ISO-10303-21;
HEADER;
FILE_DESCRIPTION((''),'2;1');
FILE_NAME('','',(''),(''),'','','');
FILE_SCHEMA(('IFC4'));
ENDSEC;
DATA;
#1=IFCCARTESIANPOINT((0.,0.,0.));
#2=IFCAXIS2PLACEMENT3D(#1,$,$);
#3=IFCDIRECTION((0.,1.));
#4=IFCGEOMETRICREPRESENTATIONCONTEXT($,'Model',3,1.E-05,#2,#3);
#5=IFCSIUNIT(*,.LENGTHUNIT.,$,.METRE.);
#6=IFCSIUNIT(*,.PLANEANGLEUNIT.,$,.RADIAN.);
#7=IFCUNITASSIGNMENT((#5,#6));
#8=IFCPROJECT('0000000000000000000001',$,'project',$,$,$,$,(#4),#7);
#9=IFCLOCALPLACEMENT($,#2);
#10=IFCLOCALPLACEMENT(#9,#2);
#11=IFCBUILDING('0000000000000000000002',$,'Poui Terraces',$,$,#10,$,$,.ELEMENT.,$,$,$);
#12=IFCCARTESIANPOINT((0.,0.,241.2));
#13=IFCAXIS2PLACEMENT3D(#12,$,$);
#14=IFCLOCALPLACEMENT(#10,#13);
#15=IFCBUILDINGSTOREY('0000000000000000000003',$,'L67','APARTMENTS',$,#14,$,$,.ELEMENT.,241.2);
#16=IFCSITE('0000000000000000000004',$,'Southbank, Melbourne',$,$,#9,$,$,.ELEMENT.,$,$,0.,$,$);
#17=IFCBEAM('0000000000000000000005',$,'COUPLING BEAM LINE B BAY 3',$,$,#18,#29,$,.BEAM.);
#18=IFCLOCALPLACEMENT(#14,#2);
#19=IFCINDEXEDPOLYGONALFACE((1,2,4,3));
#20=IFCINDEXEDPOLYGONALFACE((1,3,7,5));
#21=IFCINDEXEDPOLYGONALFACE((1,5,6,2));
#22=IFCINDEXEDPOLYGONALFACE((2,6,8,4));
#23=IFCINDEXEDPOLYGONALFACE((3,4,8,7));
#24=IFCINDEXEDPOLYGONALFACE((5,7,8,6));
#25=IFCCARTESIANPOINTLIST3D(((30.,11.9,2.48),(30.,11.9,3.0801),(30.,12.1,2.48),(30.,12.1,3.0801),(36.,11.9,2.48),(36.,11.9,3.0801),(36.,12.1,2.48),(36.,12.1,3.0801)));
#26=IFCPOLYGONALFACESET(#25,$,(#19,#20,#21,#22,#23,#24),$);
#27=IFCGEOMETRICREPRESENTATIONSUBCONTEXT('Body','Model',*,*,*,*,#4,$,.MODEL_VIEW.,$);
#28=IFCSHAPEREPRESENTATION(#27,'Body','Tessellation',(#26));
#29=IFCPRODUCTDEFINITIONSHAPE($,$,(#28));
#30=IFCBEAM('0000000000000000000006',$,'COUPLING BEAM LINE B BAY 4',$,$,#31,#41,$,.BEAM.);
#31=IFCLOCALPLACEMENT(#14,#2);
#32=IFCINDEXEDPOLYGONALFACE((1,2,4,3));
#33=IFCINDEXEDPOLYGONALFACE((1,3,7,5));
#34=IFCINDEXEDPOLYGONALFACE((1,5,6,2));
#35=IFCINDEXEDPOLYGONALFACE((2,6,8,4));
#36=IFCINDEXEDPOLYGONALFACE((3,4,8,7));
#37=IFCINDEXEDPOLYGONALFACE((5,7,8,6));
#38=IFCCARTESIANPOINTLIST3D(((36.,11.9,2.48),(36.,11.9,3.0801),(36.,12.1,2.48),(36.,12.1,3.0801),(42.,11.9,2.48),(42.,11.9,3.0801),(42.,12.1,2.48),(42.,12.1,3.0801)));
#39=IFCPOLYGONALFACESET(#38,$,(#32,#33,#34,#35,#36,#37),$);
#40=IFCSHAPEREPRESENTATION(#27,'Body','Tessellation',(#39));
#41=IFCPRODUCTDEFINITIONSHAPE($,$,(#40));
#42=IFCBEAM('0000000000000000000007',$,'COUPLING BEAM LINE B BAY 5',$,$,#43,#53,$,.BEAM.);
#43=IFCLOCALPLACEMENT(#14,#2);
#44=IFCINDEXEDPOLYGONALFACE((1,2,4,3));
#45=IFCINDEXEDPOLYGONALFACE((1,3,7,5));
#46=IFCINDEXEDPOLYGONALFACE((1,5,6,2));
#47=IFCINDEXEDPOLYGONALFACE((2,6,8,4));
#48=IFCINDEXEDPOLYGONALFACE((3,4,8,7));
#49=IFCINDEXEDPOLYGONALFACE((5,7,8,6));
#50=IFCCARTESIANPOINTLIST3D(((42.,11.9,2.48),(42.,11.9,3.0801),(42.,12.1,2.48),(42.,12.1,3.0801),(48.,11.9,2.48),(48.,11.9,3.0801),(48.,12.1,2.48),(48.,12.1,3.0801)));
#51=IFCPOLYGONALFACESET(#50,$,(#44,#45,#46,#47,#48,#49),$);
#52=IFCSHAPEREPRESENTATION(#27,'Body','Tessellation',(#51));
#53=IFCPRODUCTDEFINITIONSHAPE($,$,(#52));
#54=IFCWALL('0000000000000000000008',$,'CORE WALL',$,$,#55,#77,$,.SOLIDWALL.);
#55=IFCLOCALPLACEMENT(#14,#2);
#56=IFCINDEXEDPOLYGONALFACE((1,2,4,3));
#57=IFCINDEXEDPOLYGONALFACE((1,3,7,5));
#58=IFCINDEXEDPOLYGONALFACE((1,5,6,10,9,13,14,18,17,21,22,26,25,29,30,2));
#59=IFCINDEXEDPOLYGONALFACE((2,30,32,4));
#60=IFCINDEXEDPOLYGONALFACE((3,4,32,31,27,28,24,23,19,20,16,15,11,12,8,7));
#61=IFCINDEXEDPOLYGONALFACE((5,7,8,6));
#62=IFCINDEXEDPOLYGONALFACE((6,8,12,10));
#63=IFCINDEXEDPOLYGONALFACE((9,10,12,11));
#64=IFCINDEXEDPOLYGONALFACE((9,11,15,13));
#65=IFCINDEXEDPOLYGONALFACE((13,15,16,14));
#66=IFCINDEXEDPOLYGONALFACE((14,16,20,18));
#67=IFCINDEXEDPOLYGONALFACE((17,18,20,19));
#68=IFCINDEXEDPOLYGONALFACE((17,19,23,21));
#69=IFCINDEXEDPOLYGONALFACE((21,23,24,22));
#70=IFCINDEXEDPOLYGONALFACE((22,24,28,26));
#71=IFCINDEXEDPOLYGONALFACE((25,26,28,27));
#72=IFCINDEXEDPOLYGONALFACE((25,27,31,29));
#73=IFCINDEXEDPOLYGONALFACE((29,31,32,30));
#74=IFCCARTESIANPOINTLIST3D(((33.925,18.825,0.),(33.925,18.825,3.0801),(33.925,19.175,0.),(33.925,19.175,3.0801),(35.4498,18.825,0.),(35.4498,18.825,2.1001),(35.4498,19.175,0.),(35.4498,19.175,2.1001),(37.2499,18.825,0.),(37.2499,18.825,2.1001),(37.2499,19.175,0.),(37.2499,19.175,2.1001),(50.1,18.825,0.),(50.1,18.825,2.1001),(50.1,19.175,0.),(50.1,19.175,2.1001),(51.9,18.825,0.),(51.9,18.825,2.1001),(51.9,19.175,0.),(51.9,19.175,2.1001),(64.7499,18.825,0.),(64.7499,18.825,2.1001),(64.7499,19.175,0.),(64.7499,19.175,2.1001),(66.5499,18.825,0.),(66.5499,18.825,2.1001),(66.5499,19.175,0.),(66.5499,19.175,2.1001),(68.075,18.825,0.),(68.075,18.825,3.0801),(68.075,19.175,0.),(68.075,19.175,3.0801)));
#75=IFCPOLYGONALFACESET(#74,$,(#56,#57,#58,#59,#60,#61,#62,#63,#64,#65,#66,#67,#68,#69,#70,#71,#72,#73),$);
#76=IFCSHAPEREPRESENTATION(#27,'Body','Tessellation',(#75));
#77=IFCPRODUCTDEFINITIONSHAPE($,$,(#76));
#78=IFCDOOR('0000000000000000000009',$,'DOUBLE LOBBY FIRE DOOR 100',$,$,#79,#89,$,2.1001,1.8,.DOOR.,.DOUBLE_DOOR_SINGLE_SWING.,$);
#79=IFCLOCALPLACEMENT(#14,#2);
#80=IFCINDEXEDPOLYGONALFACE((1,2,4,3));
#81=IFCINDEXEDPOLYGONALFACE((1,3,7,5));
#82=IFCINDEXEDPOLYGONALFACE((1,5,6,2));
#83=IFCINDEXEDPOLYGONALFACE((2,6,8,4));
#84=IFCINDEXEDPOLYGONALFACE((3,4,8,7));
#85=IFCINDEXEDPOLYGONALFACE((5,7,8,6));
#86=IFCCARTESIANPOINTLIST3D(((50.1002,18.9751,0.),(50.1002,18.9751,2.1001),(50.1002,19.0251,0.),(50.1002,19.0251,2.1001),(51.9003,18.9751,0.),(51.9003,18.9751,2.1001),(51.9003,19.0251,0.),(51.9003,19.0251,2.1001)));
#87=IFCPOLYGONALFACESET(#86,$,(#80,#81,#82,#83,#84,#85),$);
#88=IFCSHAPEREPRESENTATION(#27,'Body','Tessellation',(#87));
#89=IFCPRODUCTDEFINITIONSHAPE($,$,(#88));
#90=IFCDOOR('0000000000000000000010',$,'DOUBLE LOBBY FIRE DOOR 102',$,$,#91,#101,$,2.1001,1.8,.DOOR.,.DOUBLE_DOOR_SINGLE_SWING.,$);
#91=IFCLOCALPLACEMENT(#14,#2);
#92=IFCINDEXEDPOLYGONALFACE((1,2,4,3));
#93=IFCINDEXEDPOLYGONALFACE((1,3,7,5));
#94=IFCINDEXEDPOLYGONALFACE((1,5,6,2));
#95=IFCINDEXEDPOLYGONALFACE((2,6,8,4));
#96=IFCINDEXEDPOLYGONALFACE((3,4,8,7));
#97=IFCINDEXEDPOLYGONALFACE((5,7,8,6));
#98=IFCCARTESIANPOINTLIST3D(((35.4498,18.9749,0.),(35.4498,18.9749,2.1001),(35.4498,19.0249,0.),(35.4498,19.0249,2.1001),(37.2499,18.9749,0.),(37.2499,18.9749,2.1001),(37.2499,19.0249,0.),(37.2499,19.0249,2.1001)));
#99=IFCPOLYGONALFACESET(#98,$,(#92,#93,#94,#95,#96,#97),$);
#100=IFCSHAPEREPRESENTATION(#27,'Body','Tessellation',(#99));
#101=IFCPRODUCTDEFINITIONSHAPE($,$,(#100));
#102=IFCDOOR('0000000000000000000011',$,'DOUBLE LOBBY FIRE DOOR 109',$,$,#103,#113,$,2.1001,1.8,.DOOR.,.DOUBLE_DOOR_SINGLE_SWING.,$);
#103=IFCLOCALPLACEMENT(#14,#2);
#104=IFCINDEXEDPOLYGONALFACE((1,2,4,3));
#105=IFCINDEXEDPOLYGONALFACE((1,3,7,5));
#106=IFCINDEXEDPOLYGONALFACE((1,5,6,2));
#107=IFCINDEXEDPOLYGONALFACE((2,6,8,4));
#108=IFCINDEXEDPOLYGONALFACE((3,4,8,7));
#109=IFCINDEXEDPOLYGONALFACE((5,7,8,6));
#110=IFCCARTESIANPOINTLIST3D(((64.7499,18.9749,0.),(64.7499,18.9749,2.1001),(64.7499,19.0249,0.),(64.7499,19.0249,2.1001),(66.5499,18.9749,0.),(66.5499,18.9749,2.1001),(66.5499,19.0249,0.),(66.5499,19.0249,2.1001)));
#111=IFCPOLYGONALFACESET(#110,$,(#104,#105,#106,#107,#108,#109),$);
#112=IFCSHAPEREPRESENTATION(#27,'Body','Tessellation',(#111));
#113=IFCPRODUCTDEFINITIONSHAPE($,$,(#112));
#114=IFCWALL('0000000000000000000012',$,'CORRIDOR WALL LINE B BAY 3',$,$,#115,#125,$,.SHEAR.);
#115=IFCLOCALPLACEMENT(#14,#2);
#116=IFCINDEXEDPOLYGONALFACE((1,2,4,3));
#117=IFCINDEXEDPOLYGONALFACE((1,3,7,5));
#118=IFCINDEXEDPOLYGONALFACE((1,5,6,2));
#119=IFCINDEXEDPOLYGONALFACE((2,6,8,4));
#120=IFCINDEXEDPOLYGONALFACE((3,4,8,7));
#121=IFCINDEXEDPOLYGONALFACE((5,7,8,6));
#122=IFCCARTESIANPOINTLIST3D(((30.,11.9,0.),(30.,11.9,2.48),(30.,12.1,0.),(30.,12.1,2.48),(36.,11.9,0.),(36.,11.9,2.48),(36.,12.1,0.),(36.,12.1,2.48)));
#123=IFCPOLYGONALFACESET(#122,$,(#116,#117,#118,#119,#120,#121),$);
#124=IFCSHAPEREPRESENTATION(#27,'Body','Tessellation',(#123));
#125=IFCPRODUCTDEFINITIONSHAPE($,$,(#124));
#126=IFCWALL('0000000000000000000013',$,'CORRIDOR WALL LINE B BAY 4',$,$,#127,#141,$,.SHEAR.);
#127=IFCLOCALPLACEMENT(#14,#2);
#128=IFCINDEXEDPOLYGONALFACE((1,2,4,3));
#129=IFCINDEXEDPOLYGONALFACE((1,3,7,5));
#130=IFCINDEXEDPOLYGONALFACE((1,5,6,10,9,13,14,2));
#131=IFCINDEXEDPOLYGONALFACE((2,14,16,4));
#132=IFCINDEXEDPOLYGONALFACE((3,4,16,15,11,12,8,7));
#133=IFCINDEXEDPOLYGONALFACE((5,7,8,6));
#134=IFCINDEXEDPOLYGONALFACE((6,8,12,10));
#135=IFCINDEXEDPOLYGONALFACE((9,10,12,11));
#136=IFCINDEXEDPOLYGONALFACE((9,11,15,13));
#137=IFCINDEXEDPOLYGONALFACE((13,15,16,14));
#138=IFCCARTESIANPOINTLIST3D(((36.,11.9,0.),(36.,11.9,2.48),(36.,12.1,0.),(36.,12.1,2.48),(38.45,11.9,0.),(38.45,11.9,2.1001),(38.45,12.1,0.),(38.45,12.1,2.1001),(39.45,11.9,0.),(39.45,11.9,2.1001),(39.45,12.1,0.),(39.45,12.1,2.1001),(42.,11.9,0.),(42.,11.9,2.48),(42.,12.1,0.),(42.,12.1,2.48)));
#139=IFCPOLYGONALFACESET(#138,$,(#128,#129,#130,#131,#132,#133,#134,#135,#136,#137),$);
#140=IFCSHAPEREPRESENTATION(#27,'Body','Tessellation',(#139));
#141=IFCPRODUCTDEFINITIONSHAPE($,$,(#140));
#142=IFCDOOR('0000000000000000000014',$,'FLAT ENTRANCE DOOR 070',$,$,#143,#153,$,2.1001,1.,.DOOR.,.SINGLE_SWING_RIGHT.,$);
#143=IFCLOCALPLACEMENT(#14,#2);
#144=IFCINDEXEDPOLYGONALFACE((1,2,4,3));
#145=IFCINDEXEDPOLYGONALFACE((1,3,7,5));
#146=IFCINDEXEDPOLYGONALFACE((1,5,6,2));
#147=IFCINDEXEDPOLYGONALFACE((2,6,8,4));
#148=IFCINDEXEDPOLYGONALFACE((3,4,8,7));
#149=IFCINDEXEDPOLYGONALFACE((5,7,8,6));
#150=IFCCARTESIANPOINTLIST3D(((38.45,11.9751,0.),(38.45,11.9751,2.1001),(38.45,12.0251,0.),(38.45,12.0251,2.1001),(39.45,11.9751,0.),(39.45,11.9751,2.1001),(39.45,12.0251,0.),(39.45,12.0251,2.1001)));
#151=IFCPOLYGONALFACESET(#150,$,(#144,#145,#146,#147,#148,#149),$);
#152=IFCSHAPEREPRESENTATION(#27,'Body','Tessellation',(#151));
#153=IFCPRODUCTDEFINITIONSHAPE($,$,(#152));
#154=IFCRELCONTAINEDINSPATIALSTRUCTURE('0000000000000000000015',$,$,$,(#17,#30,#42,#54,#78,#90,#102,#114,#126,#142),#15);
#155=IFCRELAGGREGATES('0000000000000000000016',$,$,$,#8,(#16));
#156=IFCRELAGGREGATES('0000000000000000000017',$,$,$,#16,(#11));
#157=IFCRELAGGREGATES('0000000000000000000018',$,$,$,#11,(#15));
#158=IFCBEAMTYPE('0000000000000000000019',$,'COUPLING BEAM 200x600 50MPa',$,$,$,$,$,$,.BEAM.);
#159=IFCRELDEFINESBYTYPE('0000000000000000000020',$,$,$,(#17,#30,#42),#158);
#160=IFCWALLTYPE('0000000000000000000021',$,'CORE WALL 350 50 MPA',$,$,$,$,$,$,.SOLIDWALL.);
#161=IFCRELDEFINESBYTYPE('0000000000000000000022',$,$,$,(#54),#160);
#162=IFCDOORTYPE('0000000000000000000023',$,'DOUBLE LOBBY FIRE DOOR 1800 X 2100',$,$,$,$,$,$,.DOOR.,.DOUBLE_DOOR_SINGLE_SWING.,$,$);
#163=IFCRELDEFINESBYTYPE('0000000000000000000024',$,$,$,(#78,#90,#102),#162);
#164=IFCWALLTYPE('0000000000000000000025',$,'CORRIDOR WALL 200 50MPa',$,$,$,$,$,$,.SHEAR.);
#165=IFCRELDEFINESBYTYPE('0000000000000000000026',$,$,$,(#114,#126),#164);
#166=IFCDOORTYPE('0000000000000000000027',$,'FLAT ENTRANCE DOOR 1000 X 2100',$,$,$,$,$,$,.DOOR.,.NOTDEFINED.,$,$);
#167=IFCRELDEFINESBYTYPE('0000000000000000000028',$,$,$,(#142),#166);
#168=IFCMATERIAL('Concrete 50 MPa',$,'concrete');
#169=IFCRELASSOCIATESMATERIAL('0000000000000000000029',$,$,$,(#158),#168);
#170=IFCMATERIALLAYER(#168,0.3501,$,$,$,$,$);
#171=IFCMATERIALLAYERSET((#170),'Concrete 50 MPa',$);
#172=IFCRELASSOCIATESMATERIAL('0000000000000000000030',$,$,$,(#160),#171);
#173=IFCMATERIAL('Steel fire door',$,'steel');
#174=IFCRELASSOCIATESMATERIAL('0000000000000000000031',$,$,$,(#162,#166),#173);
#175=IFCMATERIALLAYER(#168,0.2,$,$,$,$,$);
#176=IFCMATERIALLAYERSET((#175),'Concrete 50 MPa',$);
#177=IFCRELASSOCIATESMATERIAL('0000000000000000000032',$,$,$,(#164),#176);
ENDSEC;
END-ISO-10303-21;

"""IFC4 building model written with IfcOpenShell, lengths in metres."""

from ifc_helpers import new_model, si_unit, direction, frame, frame_2d, origin, origin_2d, place, context, subcontext, project, spatial, rectangle, extrude, source, transform, mapped, material, layer, layer_set, material_profile, profile_set, type_object, element, fill, save


model = new_model("IFC4")

# Units and contexts
model_context = context("Model", 3, precision=1e-05, world=origin(), true_north=direction((0.0, 1.0)))
body_context = subcontext(model_context, "Body", "Model", "MODEL_VIEW")
ifc_project = project(units=[si_unit("LENGTHUNIT", "METRE"), si_unit("PLANEANGLEUNIT", "RADIAN")], contexts=[model_context])

# Site, building, storey
site_placement = place(None, origin())
site = spatial("IfcSite", under=ifc_project, at=site_placement, Name="Southbank, Melbourne", CompositionType="ELEMENT", RefElevation=0.0)
building_placement = place(site_placement, origin())
building = spatial("IfcBuilding", under=site, at=building_placement, Name="Poui Terraces", CompositionType="ELEMENT")
storey_placement = place(building_placement, frame((0.0, 0.0, 241.2)))
storey = spatial("IfcBuildingStorey", under=building, at=storey_placement, Name="L67", Description="APARTMENTS", CompositionType="ELEMENT", Elevation=241.2)

# Beams
ifc_material_1 = material(Name="Concrete 50 MPa", Category="concrete")
ifc_material_profile = material_profile(ifc_material_1, rectangle(XDim=0.2, YDim=0.6001, at=origin_2d()), Name="RC 200x600")
ifc_profile_set = profile_set([ifc_material_profile], Name="Concrete 50 MPa")
beam_type = type_object("IfcBeamType", Name="COUPLING BEAM 200x600 50MPa", PredefinedType="BEAM", material=ifc_profile_set)
shared_shape = source(origin(), body_context, "Body", "SweptSolid", [
    extrude(rectangle(XDim=0.2, YDim=0.6001, at=origin_2d()), origin(), (0.0, 0.0, 1.0), 6.0),
])
for number, where, z_axis, x_axis, name in (
    (1, (30.0, 12.0, 2.78), (1.0, 0.0, 0.0), (0.0, 1.0, 0.0), "COUPLING BEAM LINE B BAY 3"),
    (2, (36.0, 12.0, 2.78), (1.0, 0.0, 0.0), (0.0, 1.0, 0.0), "COUPLING BEAM LINE B BAY 4"),
    (3, (42.0, 12.0, 2.78), (1.0, 0.0, 0.0), (0.0, 1.0, 0.0), "COUPLING BEAM LINE B BAY 5"),
):
    element("IfcBeam", number, at=place(storey_placement, frame(where, z_axis=z_axis, x_axis=x_axis)), inside=storey, type_object=beam_type, Name=name, PredefinedType="BEAM", context=body_context, shape_type="MappedRepresentation", body=[
        mapped(shared_shape, transform((0.0, 0.0, 0.0))),
    ])

# Wall, openings, doors
ifc_layer_1 = layer(ifc_material_1, 0.3501)
ifc_layer_set_1 = layer_set([ifc_layer_1], Name="Concrete 50 MPa")
wall_type_1 = type_object("IfcWallType", Name="CORE WALL 350 50 MPA", PredefinedType="SOLIDWALL", material=ifc_layer_set_1)
wall_1_placement = place(storey_placement, frame((33.925, 19.0, 0.0), z_axis=(0.0, 0.0, 1.0), x_axis=(1.0, 0.0, 0.0)))
wall_1 = element("IfcWall", 4, at=wall_1_placement, inside=storey, type_object=wall_type_1, Name="CORE WALL", PredefinedType="SOLIDWALL", context=body_context, shape_type="SweptSolid", body=[
    extrude(rectangle(XDim=34.1499, YDim=0.3501, at=frame_2d((17.075, 0.0))), origin(), (0.0, 0.0, 1.0), 3.0801),
])
opening_1_placement = place(wall_1_placement, frame((16.175, 0.0, 0.0)))
opening_1 = element("IfcOpeningElement", 5, at=opening_1_placement, cuts=wall_1, PredefinedType="OPENING", context=body_context, shape_type="SweptSolid", body=[
    extrude(rectangle(XDim=1.8, YDim=2.1001, at=frame_2d((0.8999, 1.05))), frame((0.0, 0.1851, 0.0), z_axis=(0.0, -1.0, 0.0), x_axis=(1.0, 0.0, 0.0)), (0.0, 0.0, 1.0), 0.3701),
])
opening_2_placement = place(wall_1_placement, frame((1.5249, 0.0, 0.0)))
opening_2 = element("IfcOpeningElement", 6, at=opening_2_placement, cuts=wall_1, PredefinedType="OPENING", context=body_context, shape_type="SweptSolid", body=[
    extrude(rectangle(XDim=1.8, YDim=2.1001, at=frame_2d((0.8999, 1.05))), frame((0.0, 0.1851, 0.0), z_axis=(0.0, -1.0, 0.0), x_axis=(1.0, 0.0, 0.0)), (0.0, 0.0, 1.0), 0.3701),
])
opening_3_placement = place(wall_1_placement, frame((30.825, 0.0, 0.0)))
opening_3 = element("IfcOpeningElement", 7, at=opening_3_placement, cuts=wall_1, PredefinedType="OPENING", context=body_context, shape_type="SweptSolid", body=[
    extrude(rectangle(XDim=1.8, YDim=2.1001, at=frame_2d((0.8999, 1.05))), frame((0.0, 0.1851, 0.0), z_axis=(0.0, -1.0, 0.0), x_axis=(1.0, 0.0, 0.0)), (0.0, 0.0, 1.0), 0.3701),
])
ifc_material_2 = material(Name="Steel fire door", Category="steel")
door_type_1 = type_object("IfcDoorType", Name="DOUBLE LOBBY FIRE DOOR 1800 X 2100", OperationType="DOUBLE_DOOR_SINGLE_SWING", PredefinedType="DOOR", material=ifc_material_2)
door_1_placement = place(opening_1_placement, frame((1.8, 0.0, 0.0), z_axis=(0.0, 0.0, 1.0), x_axis=(-1.0, 0.0, 0.0)))
door_1 = element("IfcDoor", 8, at=door_1_placement, inside=storey, type_object=door_type_1, Name="DOUBLE LOBBY FIRE DOOR 100", OperationType="DOUBLE_DOOR_SINGLE_SWING", OverallHeight=2.1001, OverallWidth=1.8, PredefinedType="DOOR", context=body_context, shape_type="SweptSolid", body=[
    extrude(rectangle(XDim=1.8, YDim=2.1001, at=frame_2d((0.8999, 1.05))), frame((0.0, 0.0249, 0.0), z_axis=(0.0, -1.0, 0.0), x_axis=(1.0, 0.0, 0.0)), (0.0, 0.0, 1.0), 0.05),
])
fill(opening_1, door_1)
door_2_placement = place(opening_2_placement, origin())
door_2 = element("IfcDoor", 9, at=door_2_placement, inside=storey, type_object=door_type_1, Name="DOUBLE LOBBY FIRE DOOR 102", OperationType="DOUBLE_DOOR_SINGLE_SWING", OverallHeight=2.1001, OverallWidth=1.8, PredefinedType="DOOR", context=body_context, shape_type="SweptSolid", body=[
    extrude(rectangle(XDim=1.8, YDim=2.1001, at=frame_2d((0.8999, 1.05))), frame((0.0, 0.0249, 0.0), z_axis=(0.0, -1.0, 0.0), x_axis=(1.0, 0.0, 0.0)), (0.0, 0.0, 1.0), 0.05),
])
fill(opening_2, door_2)
door_3_placement = place(opening_3_placement, origin())
door_3 = element("IfcDoor", 10, at=door_3_placement, inside=storey, type_object=door_type_1, Name="DOUBLE LOBBY FIRE DOOR 109", OperationType="DOUBLE_DOOR_SINGLE_SWING", OverallHeight=2.1001, OverallWidth=1.8, PredefinedType="DOOR", context=body_context, shape_type="SweptSolid", body=[
    extrude(rectangle(XDim=1.8, YDim=2.1001, at=frame_2d((0.8999, 1.05))), frame((0.0, 0.0249, 0.0), z_axis=(0.0, -1.0, 0.0), x_axis=(1.0, 0.0, 0.0)), (0.0, 0.0, 1.0), 0.05),
])
fill(opening_3, door_3)

# Wall
ifc_layer_2 = layer(ifc_material_1, 0.2)
ifc_layer_set_2 = layer_set([ifc_layer_2], Name="Concrete 50 MPa")
wall_type_2 = type_object("IfcWallType", Name="CORRIDOR WALL 200 50MPa", PredefinedType="SHEAR", material=ifc_layer_set_2)
wall_2_placement = place(storey_placement, frame((30.0, 12.0, 0.0), z_axis=(0.0, 0.0, 1.0), x_axis=(1.0, 0.0, 0.0)))
element("IfcWall", 11, at=wall_2_placement, inside=storey, type_object=wall_type_2, Name="CORRIDOR WALL LINE B BAY 3", PredefinedType="SHEAR", context=body_context, shape_type="SweptSolid", body=[
    extrude(rectangle(XDim=6.0, YDim=0.2, at=frame_2d((3.0, 0.0))), origin(), (0.0, 0.0, 1.0), 2.48),
])

# Wall, opening, door
wall_3_placement = place(storey_placement, frame((36.0, 12.0, 0.0), z_axis=(0.0, 0.0, 1.0), x_axis=(1.0, 0.0, 0.0)))
wall_3 = element("IfcWall", 12, at=wall_3_placement, inside=storey, type_object=wall_type_2, Name="CORRIDOR WALL LINE B BAY 4", PredefinedType="SHEAR", context=body_context, shape_type="SweptSolid", body=[
    extrude(rectangle(XDim=6.0, YDim=0.2, at=frame_2d((3.0, 0.0))), origin(), (0.0, 0.0, 1.0), 2.48),
])
opening_4_placement = place(wall_3_placement, frame((2.45, 0.0, 0.0)))
opening_4 = element("IfcOpeningElement", 13, at=opening_4_placement, cuts=wall_3, PredefinedType="OPENING", context=body_context, shape_type="SweptSolid", body=[
    extrude(rectangle(XDim=1.0, YDim=2.1001, at=frame_2d((0.5, 1.05))), frame((0.0, 0.1099, 0.0), z_axis=(0.0, -1.0, 0.0), x_axis=(1.0, 0.0, 0.0)), (0.0, 0.0, 1.0), 0.22),
])
door_type_2 = type_object("IfcDoorType", Name="FLAT ENTRANCE DOOR 1000 X 2100", OperationType="NOTDEFINED", PredefinedType="DOOR", material=ifc_material_2)
door_4_placement = place(opening_4_placement, frame((1.0, 0.0, 0.0), z_axis=(0.0, 0.0, 1.0), x_axis=(-1.0, 0.0, 0.0)))
door_4 = element("IfcDoor", 14, at=door_4_placement, inside=storey, type_object=door_type_2, Name="FLAT ENTRANCE DOOR 070", OperationType="SINGLE_SWING_RIGHT", OverallHeight=2.1001, OverallWidth=1.0, PredefinedType="DOOR", context=body_context, shape_type="SweptSolid", body=[
    extrude(rectangle(XDim=1.0, YDim=2.1001, at=frame_2d((0.5, 1.05))), frame((0.0, 0.0249, 0.0), z_axis=(0.0, -1.0, 0.0), x_axis=(1.0, 0.0, 0.0)), (0.0, 0.0, 1.0), 0.05),
])
fill(opening_4, door_4)

save(model, "model.ifc")
